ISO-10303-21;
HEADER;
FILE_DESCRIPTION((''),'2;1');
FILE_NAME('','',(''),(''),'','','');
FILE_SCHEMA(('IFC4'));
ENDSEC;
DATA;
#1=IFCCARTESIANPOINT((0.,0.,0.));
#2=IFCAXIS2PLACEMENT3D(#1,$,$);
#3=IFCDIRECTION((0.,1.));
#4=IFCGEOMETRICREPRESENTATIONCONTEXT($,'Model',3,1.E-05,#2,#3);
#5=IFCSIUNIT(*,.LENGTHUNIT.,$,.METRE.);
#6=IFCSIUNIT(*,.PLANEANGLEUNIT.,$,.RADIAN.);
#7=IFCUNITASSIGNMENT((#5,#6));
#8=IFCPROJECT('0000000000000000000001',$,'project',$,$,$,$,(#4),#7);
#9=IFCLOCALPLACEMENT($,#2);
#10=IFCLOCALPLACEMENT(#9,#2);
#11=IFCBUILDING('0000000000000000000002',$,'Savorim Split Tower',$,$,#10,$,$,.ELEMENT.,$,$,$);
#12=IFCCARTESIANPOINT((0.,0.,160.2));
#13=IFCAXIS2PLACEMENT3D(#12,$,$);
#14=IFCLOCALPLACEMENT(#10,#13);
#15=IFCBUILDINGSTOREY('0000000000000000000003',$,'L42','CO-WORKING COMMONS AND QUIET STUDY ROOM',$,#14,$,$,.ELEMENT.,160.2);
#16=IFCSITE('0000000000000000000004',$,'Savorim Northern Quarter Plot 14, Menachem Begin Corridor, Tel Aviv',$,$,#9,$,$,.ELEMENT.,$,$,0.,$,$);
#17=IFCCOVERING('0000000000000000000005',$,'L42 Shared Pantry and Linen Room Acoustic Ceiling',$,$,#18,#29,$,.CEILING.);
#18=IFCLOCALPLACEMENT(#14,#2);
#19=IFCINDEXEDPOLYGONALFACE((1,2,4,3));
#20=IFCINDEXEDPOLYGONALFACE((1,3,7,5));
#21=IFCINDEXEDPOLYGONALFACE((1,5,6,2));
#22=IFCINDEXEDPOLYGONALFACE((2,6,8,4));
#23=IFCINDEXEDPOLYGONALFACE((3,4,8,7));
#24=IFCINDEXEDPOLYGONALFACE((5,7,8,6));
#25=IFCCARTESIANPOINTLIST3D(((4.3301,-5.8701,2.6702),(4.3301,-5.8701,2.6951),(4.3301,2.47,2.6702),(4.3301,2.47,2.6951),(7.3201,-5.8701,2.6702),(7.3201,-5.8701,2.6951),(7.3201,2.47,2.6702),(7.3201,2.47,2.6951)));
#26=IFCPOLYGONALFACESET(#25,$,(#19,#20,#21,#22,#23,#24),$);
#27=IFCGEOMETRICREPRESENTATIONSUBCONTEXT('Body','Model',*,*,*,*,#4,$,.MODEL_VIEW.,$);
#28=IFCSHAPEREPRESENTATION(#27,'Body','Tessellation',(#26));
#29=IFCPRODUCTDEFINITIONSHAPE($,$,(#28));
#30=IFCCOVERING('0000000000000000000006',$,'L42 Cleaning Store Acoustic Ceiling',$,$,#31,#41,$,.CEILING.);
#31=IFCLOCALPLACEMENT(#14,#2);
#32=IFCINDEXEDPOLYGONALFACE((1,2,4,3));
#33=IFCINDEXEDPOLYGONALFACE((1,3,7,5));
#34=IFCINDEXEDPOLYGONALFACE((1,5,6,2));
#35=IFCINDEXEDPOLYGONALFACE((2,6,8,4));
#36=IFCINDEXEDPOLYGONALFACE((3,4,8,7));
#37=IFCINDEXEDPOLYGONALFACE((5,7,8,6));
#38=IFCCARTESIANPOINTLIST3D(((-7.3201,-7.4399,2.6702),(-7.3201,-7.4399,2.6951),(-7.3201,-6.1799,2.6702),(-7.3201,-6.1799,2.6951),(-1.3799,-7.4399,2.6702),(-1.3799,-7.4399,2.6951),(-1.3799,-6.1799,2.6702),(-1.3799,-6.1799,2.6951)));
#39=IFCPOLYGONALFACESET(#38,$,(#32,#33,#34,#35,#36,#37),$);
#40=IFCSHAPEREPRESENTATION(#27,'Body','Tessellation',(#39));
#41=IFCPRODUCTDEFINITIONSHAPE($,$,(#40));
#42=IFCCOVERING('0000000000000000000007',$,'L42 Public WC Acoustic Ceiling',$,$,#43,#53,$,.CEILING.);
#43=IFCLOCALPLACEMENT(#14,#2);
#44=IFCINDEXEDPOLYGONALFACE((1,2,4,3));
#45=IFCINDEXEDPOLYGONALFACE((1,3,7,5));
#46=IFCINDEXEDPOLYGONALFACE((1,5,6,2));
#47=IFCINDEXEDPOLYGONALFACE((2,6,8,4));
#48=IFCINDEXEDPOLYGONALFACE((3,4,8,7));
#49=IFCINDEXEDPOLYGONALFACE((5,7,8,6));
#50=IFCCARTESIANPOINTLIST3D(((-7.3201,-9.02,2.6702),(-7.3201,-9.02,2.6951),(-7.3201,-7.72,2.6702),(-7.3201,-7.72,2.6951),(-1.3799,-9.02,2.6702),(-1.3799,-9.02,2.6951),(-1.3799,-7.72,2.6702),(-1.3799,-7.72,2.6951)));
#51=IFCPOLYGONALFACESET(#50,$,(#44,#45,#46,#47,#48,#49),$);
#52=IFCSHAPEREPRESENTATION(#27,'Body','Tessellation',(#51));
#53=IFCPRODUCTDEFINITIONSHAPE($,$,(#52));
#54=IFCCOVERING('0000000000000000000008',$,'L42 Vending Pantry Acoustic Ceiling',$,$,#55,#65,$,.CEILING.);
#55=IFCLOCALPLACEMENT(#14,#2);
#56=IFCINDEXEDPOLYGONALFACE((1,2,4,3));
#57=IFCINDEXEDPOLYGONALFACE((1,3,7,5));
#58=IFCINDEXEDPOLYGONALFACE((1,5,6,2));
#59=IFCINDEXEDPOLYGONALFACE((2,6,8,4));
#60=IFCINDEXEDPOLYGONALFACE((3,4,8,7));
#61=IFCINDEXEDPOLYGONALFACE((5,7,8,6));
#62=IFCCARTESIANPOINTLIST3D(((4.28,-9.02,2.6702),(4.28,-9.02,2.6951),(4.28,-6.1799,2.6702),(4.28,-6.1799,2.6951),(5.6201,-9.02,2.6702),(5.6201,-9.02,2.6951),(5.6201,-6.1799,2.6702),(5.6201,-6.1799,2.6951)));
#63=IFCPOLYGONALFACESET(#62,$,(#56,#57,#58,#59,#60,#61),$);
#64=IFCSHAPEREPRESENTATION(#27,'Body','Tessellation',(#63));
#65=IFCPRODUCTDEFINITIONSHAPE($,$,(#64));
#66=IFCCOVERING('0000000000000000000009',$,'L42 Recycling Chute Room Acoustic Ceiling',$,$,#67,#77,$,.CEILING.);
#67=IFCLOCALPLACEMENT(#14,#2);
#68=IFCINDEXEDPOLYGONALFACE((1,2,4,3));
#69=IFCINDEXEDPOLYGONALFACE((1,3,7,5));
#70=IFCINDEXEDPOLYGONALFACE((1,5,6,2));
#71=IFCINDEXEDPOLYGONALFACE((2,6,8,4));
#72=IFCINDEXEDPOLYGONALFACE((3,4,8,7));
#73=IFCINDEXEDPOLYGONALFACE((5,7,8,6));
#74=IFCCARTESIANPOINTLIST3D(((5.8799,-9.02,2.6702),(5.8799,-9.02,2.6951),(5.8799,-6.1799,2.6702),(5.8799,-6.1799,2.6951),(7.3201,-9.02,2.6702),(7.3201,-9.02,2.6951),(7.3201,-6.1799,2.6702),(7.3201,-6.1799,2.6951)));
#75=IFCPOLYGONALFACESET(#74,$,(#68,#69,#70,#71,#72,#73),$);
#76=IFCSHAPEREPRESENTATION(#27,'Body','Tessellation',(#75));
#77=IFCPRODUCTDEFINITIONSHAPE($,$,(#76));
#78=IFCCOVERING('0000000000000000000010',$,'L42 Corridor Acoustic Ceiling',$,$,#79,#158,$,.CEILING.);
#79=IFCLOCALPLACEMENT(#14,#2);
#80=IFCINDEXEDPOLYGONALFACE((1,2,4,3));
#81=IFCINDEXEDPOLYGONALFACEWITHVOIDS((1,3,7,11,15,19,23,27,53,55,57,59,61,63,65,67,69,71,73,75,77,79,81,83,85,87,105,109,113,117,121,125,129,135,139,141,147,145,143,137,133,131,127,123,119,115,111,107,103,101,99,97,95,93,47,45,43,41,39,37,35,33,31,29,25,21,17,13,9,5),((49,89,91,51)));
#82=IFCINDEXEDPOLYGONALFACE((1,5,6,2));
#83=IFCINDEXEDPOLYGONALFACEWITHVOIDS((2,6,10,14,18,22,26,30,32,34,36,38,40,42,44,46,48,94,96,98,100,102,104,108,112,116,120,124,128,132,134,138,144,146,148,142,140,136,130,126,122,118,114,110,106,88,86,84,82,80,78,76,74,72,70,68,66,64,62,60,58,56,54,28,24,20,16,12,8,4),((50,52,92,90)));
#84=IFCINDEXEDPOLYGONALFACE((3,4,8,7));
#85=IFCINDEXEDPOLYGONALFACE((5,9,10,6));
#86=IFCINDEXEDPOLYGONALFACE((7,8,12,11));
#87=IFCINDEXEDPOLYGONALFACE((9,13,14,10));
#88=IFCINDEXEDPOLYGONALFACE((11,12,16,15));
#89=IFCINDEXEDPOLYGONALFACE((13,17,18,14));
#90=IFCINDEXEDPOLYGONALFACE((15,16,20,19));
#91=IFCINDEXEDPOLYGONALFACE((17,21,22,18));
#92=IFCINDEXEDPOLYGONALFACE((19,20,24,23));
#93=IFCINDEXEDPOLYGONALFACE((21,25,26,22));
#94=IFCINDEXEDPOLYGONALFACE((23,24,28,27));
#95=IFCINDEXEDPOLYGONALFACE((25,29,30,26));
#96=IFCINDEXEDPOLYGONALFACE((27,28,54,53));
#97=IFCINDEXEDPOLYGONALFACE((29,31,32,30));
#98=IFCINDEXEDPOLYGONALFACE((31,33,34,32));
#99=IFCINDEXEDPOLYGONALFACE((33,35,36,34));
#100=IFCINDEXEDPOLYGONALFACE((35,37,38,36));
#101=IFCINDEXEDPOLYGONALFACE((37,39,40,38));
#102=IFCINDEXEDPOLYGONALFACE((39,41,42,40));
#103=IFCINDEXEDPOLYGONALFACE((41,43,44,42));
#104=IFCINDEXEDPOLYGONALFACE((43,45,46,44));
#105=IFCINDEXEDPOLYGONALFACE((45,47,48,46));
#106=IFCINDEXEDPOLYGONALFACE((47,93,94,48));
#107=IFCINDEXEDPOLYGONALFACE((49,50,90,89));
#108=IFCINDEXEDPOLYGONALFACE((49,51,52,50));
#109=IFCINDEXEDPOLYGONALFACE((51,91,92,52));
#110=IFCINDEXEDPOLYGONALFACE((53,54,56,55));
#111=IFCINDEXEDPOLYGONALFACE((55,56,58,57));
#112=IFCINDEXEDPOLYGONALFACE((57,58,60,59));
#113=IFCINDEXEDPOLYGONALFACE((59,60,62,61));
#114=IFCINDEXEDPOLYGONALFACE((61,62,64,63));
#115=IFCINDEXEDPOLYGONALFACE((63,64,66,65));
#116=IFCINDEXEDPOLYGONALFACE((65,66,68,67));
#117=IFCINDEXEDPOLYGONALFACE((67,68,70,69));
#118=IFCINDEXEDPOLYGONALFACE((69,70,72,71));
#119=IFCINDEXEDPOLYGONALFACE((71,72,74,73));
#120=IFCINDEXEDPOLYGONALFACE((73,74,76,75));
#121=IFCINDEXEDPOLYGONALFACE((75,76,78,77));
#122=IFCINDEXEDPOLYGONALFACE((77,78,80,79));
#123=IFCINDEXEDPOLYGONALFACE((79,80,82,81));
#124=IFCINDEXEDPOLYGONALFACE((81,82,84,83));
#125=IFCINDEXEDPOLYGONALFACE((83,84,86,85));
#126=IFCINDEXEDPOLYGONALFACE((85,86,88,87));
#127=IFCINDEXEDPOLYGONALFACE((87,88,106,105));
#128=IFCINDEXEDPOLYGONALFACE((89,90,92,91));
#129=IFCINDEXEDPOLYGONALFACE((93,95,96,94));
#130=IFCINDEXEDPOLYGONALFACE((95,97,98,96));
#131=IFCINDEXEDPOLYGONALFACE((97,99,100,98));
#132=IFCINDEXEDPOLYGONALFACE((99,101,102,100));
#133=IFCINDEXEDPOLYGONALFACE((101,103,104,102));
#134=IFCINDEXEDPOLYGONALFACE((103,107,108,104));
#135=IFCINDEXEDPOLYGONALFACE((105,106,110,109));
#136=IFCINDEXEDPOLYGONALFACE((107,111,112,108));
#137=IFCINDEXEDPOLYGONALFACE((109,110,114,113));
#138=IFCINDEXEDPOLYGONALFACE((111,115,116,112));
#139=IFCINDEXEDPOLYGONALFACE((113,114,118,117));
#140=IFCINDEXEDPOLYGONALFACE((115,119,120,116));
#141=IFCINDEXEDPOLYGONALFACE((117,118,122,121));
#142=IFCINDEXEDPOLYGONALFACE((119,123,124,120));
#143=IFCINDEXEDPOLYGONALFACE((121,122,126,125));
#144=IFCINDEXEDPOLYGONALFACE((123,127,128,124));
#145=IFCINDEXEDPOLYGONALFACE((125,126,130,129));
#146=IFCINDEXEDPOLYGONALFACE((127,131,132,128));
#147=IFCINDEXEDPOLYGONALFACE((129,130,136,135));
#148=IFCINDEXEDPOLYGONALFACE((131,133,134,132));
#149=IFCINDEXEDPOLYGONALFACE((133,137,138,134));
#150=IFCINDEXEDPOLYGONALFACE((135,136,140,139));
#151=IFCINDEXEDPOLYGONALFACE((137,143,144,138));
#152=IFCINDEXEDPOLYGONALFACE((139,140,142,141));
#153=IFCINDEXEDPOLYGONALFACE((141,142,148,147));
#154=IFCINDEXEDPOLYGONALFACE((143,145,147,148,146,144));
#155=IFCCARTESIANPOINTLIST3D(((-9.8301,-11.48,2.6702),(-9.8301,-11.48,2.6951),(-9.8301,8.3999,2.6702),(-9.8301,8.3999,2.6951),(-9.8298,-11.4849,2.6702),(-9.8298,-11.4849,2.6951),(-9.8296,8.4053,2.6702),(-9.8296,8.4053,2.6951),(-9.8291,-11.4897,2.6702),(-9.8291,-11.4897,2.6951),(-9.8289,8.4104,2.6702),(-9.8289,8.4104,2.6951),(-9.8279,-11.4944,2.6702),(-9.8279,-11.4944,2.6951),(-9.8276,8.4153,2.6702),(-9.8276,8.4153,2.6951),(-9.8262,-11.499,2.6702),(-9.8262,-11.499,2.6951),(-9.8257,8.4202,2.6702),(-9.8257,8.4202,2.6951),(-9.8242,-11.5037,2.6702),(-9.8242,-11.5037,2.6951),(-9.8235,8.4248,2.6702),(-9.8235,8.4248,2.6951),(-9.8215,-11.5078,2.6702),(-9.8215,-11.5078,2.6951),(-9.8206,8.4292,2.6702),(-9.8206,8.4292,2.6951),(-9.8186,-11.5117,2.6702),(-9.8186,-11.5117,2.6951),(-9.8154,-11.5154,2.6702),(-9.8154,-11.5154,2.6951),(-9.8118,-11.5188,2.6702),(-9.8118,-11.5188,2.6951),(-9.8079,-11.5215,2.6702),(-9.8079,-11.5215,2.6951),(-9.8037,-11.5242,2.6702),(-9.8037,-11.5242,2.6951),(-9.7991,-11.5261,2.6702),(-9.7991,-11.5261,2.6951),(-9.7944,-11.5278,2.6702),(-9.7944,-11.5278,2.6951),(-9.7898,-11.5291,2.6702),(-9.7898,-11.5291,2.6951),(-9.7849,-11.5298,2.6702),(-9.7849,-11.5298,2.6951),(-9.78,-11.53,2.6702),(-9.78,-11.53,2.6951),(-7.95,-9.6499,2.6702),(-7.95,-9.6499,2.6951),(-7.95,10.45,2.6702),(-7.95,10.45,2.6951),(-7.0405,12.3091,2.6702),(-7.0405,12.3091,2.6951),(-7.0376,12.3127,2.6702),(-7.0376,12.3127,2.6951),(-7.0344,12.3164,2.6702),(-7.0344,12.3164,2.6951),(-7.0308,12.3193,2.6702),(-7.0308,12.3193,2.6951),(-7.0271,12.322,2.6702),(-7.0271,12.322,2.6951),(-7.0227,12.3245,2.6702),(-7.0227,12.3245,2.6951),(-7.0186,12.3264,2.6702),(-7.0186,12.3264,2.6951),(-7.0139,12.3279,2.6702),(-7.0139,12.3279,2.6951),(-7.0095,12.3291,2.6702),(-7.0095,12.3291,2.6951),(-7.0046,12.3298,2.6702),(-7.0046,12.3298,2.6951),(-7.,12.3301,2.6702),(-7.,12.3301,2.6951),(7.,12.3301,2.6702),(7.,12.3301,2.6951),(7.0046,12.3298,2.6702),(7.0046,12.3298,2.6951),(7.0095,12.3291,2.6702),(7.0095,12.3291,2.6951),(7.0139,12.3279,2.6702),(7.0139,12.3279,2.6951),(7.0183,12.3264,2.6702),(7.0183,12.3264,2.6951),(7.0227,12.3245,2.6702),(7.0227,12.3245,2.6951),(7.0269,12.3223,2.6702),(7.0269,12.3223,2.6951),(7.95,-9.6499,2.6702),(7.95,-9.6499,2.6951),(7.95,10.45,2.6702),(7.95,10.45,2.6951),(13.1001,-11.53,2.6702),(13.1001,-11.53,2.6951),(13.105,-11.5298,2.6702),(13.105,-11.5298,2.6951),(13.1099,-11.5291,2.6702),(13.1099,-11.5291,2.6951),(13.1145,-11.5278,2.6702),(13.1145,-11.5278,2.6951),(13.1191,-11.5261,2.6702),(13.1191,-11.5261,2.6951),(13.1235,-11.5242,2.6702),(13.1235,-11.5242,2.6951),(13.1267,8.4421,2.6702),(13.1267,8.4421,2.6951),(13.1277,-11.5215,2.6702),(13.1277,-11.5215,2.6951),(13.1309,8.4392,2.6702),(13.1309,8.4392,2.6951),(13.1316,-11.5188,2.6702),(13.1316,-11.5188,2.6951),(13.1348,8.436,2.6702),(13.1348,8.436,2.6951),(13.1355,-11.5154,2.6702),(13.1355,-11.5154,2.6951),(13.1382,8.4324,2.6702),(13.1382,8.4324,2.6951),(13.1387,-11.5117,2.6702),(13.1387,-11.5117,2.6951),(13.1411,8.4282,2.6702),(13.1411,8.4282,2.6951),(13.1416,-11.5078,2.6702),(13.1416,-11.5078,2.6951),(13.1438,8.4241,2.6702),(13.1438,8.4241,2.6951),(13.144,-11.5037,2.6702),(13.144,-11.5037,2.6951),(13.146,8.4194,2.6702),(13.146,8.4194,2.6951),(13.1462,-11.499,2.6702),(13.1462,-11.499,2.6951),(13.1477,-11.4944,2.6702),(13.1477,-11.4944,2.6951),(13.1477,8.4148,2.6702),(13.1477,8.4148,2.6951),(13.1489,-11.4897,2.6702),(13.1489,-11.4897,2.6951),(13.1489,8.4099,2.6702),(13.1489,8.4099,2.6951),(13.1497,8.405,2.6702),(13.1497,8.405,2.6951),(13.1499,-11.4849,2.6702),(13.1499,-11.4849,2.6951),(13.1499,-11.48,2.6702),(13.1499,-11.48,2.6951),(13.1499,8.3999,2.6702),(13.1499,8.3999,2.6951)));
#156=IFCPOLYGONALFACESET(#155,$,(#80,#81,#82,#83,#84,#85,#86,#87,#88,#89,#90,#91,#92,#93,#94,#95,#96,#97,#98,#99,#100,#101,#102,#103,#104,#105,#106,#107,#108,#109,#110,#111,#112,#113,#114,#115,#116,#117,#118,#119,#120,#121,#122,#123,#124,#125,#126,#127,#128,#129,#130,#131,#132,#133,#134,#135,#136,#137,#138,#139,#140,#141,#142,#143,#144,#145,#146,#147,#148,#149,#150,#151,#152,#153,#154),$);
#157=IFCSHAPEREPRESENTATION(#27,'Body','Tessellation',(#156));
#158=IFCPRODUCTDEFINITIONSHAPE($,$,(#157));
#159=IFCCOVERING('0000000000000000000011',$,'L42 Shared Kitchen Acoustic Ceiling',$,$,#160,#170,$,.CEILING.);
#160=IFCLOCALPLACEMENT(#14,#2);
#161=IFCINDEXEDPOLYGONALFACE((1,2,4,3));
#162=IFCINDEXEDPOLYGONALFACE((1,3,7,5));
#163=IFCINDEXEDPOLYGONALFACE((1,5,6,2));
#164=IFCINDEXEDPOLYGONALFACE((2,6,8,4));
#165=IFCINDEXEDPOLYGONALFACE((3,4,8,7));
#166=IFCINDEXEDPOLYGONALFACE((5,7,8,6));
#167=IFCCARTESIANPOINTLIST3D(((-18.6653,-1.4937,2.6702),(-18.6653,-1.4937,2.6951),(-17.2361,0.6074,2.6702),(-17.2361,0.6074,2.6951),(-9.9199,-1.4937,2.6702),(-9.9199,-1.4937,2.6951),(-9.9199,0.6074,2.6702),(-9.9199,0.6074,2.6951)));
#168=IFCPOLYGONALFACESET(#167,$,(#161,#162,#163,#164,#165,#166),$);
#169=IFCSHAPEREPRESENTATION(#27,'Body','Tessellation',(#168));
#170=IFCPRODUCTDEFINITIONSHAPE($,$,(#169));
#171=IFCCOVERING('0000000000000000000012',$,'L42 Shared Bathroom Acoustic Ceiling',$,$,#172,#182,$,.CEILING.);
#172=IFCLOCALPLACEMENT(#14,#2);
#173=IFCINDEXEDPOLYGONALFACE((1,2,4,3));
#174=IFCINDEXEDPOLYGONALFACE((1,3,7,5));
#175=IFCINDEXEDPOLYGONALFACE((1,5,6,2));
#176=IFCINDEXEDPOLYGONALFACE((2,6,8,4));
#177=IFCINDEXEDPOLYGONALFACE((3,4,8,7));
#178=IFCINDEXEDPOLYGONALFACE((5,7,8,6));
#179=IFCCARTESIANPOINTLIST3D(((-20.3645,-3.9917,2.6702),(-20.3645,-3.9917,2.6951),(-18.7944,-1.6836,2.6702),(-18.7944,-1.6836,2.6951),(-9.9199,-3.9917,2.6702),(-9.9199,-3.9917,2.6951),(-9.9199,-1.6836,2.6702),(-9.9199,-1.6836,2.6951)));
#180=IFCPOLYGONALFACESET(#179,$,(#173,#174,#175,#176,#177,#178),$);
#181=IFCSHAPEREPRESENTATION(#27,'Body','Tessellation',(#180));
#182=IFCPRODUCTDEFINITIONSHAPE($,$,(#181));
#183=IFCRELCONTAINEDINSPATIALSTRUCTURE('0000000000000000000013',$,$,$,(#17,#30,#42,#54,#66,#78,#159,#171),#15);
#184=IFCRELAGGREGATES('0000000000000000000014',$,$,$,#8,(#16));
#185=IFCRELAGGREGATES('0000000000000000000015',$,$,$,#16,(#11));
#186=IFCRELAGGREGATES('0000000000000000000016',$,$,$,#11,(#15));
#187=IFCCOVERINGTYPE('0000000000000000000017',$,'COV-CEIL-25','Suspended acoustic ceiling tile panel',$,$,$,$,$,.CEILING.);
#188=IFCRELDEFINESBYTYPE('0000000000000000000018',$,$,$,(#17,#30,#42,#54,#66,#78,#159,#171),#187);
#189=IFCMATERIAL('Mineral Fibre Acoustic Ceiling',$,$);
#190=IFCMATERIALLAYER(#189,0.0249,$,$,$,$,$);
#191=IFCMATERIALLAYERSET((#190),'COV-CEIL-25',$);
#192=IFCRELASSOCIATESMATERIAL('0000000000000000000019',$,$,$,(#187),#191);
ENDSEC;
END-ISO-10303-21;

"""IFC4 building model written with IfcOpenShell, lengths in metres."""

from ifc_helpers import new_model, si_unit, direction, frame, origin, place, context, subcontext, project, spatial, polyline, outline, extrude, material, layer, layer_set, type_object, element, save


model = new_model("IFC4")

# Units and contexts
model_context = context("Model", 3, precision=1e-05, world=origin(), true_north=direction((0.0, 1.0)))
body_context = subcontext(model_context, "Body", "Model", "MODEL_VIEW")
ifc_project = project(units=[si_unit("LENGTHUNIT", "METRE"), si_unit("PLANEANGLEUNIT", "RADIAN")], contexts=[model_context])

# Site, building, storey
site_placement = place(None, origin())
site = spatial("IfcSite", under=ifc_project, at=site_placement, Name="Savorim Northern Quarter Plot 14, Menachem Begin Corridor, Tel Aviv", CompositionType="ELEMENT", RefElevation=0.0)
building_placement = place(site_placement, origin())
building = spatial("IfcBuilding", under=site, at=building_placement, Name="Savorim Split Tower", CompositionType="ELEMENT")
storey_placement = place(building_placement, frame((0.0, 0.0, 160.2)))
storey = spatial("IfcBuildingStorey", under=building, at=storey_placement, Name="L42", Description="CO-WORKING COMMONS AND QUIET STUDY ROOM", CompositionType="ELEMENT", Elevation=160.2)

# Coverings
ifc_material = material(Name="Mineral Fibre Acoustic Ceiling")
ifc_layer = layer(ifc_material, 0.0249)
ifc_layer_set = layer_set([ifc_layer], Name="COV-CEIL-25")
covering_type = type_object("IfcCoveringType", Name="COV-CEIL-25", Description="Suspended acoustic ceiling tile panel", PredefinedType="CEILING", material=ifc_layer_set)
covering_1_placement = place(storey_placement, frame((0.0, 0.0, 2.6702)))
element("IfcCovering", 1, at=covering_1_placement, inside=storey, type_object=covering_type, Name="L42 Shared Pantry and Linen Room Acoustic Ceiling", PredefinedType="CEILING", context=body_context, shape_type="SweptSolid", body=[
    extrude(outline(polyline([(4.3301, 2.47), (4.3301, -5.8701), (7.3201, -5.8701), (7.3201, 2.47), (4.3301, 2.47)])), origin(), (0.0, 0.0, 1.0), 0.0249),
])
covering_2_placement = place(storey_placement, frame((0.0, 0.0, 2.6702)))
element("IfcCovering", 2, at=covering_2_placement, inside=storey, type_object=covering_type, Name="L42 Cleaning Store Acoustic Ceiling", PredefinedType="CEILING", context=body_context, shape_type="SweptSolid", body=[
    extrude(outline(polyline([(-7.3201, -6.1799), (-7.3201, -7.4399), (-1.3799, -7.4399), (-1.3799, -6.1799), (-7.3201, -6.1799)])), origin(), (0.0, 0.0, 1.0), 0.0249),
])
covering_3_placement = place(storey_placement, frame((0.0, 0.0, 2.6702)))
element("IfcCovering", 3, at=covering_3_placement, inside=storey, type_object=covering_type, Name="L42 Public WC Acoustic Ceiling", PredefinedType="CEILING", context=body_context, shape_type="SweptSolid", body=[
    extrude(outline(polyline([(-7.3201, -7.72), (-7.3201, -9.02), (-1.3799, -9.02), (-1.3799, -7.72), (-7.3201, -7.72)])), origin(), (0.0, 0.0, 1.0), 0.0249),
])
covering_4_placement = place(storey_placement, frame((0.0, 0.0, 2.6702)))
element("IfcCovering", 4, at=covering_4_placement, inside=storey, type_object=covering_type, Name="L42 Vending Pantry Acoustic Ceiling", PredefinedType="CEILING", context=body_context, shape_type="SweptSolid", body=[
    extrude(outline(polyline([(4.28, -6.1799), (4.28, -9.02), (5.6201, -9.02), (5.6201, -6.1799), (4.28, -6.1799)])), origin(), (0.0, 0.0, 1.0), 0.0249),
])
covering_5_placement = place(storey_placement, frame((0.0, 0.0, 2.6702)))
element("IfcCovering", 5, at=covering_5_placement, inside=storey, type_object=covering_type, Name="L42 Recycling Chute Room Acoustic Ceiling", PredefinedType="CEILING", context=body_context, shape_type="SweptSolid", body=[
    extrude(outline(polyline([(5.8799, -6.1799), (5.8799, -9.02), (7.3201, -9.02), (7.3201, -6.1799), (5.8799, -6.1799)])), origin(), (0.0, 0.0, 1.0), 0.0249),
])
covering_6_placement = place(storey_placement, frame((0.0, 0.0, 2.6702)))
element("IfcCovering", 6, at=covering_6_placement, inside=storey, type_object=covering_type, Name="L42 Corridor Acoustic Ceiling", PredefinedType="CEILING", context=body_context, shape_type="SweptSolid", body=[
    extrude(outline(polyline([(7.0095, 12.3291), (7.0046, 12.3298), (7.0, 12.3301), (-7.0, 12.3301), (-7.0046, 12.3298), (-7.0095, 12.3291), (-7.0139, 12.3279), (-7.0186, 12.3264), (-7.0227, 12.3245), (-7.0271, 12.322), (-7.0308, 12.3193), (-7.0344, 12.3164), (-7.0376, 12.3127), (-7.0405, 12.3091), (-9.8206, 8.4292), (-9.8235, 8.4248), (-9.8257, 8.4202), (-9.8276, 8.4153), (-9.8289, 8.4104), (-9.8296, 8.4053), (-9.8301, 8.3999), (-9.8301, -11.48), (-9.8298, -11.4849), (-9.8291, -11.4897), (-9.8279, -11.4944), (-9.8262, -11.499), (-9.8242, -11.5037), (-9.8215, -11.5078), (-9.8186, -11.5117), (-9.8154, -11.5154), (-9.8118, -11.5188), (-9.8079, -11.5215), (-9.8037, -11.5242), (-9.7991, -11.5261), (-9.7944, -11.5278), (-9.7898, -11.5291), (-9.7849, -11.5298), (-9.78, -11.53), (13.1001, -11.53), (13.105, -11.5298), (13.1099, -11.5291), (13.1145, -11.5278), (13.1191, -11.5261), (13.1235, -11.5242), (13.1277, -11.5215), (13.1316, -11.5188), (13.1355, -11.5154), (13.1387, -11.5117), (13.1416, -11.5078), (13.144, -11.5037), (13.1462, -11.499), (13.1477, -11.4944), (13.1489, -11.4897), (13.1499, -11.4849), (13.1499, -11.48), (13.1499, 8.3999), (13.1497, 8.405), (13.1489, 8.4099), (13.1477, 8.4148), (13.146, 8.4194), (13.1438, 8.4241), (13.1411, 8.4282), (13.1382, 8.4324), (13.1348, 8.436), (13.1309, 8.4392), (13.1267, 8.4421), (7.0269, 12.3223), (7.0227, 12.3245), (7.0183, 12.3264), (7.0139, 12.3279), (7.0095, 12.3291)]), holes=[polyline([(-7.95, 10.45), (-7.95, -9.6499), (7.95, -9.6499), (7.95, 10.45), (-7.95, 10.45)])]), origin(), (0.0, 0.0, 1.0), 0.0249),
])
covering_7_placement = place(storey_placement, frame((0.0, 0.0, 2.6702)))
element("IfcCovering", 7, at=covering_7_placement, inside=storey, type_object=covering_type, Name="L42 Shared Kitchen Acoustic Ceiling", PredefinedType="CEILING", context=body_context, shape_type="SweptSolid", body=[
    extrude(outline(polyline([(-17.2361, 0.6074), (-18.6653, -1.4937), (-9.9199, -1.4937), (-9.9199, 0.6074), (-17.2361, 0.6074)])), origin(), (0.0, 0.0, 1.0), 0.0249),
])
covering_8_placement = place(storey_placement, frame((0.0, 0.0, 2.6702)))
element("IfcCovering", 8, at=covering_8_placement, inside=storey, type_object=covering_type, Name="L42 Shared Bathroom Acoustic Ceiling", PredefinedType="CEILING", context=body_context, shape_type="SweptSolid", body=[
    extrude(outline(polyline([(-18.7944, -1.6836), (-20.3645, -3.9917), (-9.9199, -3.9917), (-9.9199, -1.6836), (-18.7944, -1.6836)])), origin(), (0.0, 0.0, 1.0), 0.0249),
])

save(model, "model.ifc")
